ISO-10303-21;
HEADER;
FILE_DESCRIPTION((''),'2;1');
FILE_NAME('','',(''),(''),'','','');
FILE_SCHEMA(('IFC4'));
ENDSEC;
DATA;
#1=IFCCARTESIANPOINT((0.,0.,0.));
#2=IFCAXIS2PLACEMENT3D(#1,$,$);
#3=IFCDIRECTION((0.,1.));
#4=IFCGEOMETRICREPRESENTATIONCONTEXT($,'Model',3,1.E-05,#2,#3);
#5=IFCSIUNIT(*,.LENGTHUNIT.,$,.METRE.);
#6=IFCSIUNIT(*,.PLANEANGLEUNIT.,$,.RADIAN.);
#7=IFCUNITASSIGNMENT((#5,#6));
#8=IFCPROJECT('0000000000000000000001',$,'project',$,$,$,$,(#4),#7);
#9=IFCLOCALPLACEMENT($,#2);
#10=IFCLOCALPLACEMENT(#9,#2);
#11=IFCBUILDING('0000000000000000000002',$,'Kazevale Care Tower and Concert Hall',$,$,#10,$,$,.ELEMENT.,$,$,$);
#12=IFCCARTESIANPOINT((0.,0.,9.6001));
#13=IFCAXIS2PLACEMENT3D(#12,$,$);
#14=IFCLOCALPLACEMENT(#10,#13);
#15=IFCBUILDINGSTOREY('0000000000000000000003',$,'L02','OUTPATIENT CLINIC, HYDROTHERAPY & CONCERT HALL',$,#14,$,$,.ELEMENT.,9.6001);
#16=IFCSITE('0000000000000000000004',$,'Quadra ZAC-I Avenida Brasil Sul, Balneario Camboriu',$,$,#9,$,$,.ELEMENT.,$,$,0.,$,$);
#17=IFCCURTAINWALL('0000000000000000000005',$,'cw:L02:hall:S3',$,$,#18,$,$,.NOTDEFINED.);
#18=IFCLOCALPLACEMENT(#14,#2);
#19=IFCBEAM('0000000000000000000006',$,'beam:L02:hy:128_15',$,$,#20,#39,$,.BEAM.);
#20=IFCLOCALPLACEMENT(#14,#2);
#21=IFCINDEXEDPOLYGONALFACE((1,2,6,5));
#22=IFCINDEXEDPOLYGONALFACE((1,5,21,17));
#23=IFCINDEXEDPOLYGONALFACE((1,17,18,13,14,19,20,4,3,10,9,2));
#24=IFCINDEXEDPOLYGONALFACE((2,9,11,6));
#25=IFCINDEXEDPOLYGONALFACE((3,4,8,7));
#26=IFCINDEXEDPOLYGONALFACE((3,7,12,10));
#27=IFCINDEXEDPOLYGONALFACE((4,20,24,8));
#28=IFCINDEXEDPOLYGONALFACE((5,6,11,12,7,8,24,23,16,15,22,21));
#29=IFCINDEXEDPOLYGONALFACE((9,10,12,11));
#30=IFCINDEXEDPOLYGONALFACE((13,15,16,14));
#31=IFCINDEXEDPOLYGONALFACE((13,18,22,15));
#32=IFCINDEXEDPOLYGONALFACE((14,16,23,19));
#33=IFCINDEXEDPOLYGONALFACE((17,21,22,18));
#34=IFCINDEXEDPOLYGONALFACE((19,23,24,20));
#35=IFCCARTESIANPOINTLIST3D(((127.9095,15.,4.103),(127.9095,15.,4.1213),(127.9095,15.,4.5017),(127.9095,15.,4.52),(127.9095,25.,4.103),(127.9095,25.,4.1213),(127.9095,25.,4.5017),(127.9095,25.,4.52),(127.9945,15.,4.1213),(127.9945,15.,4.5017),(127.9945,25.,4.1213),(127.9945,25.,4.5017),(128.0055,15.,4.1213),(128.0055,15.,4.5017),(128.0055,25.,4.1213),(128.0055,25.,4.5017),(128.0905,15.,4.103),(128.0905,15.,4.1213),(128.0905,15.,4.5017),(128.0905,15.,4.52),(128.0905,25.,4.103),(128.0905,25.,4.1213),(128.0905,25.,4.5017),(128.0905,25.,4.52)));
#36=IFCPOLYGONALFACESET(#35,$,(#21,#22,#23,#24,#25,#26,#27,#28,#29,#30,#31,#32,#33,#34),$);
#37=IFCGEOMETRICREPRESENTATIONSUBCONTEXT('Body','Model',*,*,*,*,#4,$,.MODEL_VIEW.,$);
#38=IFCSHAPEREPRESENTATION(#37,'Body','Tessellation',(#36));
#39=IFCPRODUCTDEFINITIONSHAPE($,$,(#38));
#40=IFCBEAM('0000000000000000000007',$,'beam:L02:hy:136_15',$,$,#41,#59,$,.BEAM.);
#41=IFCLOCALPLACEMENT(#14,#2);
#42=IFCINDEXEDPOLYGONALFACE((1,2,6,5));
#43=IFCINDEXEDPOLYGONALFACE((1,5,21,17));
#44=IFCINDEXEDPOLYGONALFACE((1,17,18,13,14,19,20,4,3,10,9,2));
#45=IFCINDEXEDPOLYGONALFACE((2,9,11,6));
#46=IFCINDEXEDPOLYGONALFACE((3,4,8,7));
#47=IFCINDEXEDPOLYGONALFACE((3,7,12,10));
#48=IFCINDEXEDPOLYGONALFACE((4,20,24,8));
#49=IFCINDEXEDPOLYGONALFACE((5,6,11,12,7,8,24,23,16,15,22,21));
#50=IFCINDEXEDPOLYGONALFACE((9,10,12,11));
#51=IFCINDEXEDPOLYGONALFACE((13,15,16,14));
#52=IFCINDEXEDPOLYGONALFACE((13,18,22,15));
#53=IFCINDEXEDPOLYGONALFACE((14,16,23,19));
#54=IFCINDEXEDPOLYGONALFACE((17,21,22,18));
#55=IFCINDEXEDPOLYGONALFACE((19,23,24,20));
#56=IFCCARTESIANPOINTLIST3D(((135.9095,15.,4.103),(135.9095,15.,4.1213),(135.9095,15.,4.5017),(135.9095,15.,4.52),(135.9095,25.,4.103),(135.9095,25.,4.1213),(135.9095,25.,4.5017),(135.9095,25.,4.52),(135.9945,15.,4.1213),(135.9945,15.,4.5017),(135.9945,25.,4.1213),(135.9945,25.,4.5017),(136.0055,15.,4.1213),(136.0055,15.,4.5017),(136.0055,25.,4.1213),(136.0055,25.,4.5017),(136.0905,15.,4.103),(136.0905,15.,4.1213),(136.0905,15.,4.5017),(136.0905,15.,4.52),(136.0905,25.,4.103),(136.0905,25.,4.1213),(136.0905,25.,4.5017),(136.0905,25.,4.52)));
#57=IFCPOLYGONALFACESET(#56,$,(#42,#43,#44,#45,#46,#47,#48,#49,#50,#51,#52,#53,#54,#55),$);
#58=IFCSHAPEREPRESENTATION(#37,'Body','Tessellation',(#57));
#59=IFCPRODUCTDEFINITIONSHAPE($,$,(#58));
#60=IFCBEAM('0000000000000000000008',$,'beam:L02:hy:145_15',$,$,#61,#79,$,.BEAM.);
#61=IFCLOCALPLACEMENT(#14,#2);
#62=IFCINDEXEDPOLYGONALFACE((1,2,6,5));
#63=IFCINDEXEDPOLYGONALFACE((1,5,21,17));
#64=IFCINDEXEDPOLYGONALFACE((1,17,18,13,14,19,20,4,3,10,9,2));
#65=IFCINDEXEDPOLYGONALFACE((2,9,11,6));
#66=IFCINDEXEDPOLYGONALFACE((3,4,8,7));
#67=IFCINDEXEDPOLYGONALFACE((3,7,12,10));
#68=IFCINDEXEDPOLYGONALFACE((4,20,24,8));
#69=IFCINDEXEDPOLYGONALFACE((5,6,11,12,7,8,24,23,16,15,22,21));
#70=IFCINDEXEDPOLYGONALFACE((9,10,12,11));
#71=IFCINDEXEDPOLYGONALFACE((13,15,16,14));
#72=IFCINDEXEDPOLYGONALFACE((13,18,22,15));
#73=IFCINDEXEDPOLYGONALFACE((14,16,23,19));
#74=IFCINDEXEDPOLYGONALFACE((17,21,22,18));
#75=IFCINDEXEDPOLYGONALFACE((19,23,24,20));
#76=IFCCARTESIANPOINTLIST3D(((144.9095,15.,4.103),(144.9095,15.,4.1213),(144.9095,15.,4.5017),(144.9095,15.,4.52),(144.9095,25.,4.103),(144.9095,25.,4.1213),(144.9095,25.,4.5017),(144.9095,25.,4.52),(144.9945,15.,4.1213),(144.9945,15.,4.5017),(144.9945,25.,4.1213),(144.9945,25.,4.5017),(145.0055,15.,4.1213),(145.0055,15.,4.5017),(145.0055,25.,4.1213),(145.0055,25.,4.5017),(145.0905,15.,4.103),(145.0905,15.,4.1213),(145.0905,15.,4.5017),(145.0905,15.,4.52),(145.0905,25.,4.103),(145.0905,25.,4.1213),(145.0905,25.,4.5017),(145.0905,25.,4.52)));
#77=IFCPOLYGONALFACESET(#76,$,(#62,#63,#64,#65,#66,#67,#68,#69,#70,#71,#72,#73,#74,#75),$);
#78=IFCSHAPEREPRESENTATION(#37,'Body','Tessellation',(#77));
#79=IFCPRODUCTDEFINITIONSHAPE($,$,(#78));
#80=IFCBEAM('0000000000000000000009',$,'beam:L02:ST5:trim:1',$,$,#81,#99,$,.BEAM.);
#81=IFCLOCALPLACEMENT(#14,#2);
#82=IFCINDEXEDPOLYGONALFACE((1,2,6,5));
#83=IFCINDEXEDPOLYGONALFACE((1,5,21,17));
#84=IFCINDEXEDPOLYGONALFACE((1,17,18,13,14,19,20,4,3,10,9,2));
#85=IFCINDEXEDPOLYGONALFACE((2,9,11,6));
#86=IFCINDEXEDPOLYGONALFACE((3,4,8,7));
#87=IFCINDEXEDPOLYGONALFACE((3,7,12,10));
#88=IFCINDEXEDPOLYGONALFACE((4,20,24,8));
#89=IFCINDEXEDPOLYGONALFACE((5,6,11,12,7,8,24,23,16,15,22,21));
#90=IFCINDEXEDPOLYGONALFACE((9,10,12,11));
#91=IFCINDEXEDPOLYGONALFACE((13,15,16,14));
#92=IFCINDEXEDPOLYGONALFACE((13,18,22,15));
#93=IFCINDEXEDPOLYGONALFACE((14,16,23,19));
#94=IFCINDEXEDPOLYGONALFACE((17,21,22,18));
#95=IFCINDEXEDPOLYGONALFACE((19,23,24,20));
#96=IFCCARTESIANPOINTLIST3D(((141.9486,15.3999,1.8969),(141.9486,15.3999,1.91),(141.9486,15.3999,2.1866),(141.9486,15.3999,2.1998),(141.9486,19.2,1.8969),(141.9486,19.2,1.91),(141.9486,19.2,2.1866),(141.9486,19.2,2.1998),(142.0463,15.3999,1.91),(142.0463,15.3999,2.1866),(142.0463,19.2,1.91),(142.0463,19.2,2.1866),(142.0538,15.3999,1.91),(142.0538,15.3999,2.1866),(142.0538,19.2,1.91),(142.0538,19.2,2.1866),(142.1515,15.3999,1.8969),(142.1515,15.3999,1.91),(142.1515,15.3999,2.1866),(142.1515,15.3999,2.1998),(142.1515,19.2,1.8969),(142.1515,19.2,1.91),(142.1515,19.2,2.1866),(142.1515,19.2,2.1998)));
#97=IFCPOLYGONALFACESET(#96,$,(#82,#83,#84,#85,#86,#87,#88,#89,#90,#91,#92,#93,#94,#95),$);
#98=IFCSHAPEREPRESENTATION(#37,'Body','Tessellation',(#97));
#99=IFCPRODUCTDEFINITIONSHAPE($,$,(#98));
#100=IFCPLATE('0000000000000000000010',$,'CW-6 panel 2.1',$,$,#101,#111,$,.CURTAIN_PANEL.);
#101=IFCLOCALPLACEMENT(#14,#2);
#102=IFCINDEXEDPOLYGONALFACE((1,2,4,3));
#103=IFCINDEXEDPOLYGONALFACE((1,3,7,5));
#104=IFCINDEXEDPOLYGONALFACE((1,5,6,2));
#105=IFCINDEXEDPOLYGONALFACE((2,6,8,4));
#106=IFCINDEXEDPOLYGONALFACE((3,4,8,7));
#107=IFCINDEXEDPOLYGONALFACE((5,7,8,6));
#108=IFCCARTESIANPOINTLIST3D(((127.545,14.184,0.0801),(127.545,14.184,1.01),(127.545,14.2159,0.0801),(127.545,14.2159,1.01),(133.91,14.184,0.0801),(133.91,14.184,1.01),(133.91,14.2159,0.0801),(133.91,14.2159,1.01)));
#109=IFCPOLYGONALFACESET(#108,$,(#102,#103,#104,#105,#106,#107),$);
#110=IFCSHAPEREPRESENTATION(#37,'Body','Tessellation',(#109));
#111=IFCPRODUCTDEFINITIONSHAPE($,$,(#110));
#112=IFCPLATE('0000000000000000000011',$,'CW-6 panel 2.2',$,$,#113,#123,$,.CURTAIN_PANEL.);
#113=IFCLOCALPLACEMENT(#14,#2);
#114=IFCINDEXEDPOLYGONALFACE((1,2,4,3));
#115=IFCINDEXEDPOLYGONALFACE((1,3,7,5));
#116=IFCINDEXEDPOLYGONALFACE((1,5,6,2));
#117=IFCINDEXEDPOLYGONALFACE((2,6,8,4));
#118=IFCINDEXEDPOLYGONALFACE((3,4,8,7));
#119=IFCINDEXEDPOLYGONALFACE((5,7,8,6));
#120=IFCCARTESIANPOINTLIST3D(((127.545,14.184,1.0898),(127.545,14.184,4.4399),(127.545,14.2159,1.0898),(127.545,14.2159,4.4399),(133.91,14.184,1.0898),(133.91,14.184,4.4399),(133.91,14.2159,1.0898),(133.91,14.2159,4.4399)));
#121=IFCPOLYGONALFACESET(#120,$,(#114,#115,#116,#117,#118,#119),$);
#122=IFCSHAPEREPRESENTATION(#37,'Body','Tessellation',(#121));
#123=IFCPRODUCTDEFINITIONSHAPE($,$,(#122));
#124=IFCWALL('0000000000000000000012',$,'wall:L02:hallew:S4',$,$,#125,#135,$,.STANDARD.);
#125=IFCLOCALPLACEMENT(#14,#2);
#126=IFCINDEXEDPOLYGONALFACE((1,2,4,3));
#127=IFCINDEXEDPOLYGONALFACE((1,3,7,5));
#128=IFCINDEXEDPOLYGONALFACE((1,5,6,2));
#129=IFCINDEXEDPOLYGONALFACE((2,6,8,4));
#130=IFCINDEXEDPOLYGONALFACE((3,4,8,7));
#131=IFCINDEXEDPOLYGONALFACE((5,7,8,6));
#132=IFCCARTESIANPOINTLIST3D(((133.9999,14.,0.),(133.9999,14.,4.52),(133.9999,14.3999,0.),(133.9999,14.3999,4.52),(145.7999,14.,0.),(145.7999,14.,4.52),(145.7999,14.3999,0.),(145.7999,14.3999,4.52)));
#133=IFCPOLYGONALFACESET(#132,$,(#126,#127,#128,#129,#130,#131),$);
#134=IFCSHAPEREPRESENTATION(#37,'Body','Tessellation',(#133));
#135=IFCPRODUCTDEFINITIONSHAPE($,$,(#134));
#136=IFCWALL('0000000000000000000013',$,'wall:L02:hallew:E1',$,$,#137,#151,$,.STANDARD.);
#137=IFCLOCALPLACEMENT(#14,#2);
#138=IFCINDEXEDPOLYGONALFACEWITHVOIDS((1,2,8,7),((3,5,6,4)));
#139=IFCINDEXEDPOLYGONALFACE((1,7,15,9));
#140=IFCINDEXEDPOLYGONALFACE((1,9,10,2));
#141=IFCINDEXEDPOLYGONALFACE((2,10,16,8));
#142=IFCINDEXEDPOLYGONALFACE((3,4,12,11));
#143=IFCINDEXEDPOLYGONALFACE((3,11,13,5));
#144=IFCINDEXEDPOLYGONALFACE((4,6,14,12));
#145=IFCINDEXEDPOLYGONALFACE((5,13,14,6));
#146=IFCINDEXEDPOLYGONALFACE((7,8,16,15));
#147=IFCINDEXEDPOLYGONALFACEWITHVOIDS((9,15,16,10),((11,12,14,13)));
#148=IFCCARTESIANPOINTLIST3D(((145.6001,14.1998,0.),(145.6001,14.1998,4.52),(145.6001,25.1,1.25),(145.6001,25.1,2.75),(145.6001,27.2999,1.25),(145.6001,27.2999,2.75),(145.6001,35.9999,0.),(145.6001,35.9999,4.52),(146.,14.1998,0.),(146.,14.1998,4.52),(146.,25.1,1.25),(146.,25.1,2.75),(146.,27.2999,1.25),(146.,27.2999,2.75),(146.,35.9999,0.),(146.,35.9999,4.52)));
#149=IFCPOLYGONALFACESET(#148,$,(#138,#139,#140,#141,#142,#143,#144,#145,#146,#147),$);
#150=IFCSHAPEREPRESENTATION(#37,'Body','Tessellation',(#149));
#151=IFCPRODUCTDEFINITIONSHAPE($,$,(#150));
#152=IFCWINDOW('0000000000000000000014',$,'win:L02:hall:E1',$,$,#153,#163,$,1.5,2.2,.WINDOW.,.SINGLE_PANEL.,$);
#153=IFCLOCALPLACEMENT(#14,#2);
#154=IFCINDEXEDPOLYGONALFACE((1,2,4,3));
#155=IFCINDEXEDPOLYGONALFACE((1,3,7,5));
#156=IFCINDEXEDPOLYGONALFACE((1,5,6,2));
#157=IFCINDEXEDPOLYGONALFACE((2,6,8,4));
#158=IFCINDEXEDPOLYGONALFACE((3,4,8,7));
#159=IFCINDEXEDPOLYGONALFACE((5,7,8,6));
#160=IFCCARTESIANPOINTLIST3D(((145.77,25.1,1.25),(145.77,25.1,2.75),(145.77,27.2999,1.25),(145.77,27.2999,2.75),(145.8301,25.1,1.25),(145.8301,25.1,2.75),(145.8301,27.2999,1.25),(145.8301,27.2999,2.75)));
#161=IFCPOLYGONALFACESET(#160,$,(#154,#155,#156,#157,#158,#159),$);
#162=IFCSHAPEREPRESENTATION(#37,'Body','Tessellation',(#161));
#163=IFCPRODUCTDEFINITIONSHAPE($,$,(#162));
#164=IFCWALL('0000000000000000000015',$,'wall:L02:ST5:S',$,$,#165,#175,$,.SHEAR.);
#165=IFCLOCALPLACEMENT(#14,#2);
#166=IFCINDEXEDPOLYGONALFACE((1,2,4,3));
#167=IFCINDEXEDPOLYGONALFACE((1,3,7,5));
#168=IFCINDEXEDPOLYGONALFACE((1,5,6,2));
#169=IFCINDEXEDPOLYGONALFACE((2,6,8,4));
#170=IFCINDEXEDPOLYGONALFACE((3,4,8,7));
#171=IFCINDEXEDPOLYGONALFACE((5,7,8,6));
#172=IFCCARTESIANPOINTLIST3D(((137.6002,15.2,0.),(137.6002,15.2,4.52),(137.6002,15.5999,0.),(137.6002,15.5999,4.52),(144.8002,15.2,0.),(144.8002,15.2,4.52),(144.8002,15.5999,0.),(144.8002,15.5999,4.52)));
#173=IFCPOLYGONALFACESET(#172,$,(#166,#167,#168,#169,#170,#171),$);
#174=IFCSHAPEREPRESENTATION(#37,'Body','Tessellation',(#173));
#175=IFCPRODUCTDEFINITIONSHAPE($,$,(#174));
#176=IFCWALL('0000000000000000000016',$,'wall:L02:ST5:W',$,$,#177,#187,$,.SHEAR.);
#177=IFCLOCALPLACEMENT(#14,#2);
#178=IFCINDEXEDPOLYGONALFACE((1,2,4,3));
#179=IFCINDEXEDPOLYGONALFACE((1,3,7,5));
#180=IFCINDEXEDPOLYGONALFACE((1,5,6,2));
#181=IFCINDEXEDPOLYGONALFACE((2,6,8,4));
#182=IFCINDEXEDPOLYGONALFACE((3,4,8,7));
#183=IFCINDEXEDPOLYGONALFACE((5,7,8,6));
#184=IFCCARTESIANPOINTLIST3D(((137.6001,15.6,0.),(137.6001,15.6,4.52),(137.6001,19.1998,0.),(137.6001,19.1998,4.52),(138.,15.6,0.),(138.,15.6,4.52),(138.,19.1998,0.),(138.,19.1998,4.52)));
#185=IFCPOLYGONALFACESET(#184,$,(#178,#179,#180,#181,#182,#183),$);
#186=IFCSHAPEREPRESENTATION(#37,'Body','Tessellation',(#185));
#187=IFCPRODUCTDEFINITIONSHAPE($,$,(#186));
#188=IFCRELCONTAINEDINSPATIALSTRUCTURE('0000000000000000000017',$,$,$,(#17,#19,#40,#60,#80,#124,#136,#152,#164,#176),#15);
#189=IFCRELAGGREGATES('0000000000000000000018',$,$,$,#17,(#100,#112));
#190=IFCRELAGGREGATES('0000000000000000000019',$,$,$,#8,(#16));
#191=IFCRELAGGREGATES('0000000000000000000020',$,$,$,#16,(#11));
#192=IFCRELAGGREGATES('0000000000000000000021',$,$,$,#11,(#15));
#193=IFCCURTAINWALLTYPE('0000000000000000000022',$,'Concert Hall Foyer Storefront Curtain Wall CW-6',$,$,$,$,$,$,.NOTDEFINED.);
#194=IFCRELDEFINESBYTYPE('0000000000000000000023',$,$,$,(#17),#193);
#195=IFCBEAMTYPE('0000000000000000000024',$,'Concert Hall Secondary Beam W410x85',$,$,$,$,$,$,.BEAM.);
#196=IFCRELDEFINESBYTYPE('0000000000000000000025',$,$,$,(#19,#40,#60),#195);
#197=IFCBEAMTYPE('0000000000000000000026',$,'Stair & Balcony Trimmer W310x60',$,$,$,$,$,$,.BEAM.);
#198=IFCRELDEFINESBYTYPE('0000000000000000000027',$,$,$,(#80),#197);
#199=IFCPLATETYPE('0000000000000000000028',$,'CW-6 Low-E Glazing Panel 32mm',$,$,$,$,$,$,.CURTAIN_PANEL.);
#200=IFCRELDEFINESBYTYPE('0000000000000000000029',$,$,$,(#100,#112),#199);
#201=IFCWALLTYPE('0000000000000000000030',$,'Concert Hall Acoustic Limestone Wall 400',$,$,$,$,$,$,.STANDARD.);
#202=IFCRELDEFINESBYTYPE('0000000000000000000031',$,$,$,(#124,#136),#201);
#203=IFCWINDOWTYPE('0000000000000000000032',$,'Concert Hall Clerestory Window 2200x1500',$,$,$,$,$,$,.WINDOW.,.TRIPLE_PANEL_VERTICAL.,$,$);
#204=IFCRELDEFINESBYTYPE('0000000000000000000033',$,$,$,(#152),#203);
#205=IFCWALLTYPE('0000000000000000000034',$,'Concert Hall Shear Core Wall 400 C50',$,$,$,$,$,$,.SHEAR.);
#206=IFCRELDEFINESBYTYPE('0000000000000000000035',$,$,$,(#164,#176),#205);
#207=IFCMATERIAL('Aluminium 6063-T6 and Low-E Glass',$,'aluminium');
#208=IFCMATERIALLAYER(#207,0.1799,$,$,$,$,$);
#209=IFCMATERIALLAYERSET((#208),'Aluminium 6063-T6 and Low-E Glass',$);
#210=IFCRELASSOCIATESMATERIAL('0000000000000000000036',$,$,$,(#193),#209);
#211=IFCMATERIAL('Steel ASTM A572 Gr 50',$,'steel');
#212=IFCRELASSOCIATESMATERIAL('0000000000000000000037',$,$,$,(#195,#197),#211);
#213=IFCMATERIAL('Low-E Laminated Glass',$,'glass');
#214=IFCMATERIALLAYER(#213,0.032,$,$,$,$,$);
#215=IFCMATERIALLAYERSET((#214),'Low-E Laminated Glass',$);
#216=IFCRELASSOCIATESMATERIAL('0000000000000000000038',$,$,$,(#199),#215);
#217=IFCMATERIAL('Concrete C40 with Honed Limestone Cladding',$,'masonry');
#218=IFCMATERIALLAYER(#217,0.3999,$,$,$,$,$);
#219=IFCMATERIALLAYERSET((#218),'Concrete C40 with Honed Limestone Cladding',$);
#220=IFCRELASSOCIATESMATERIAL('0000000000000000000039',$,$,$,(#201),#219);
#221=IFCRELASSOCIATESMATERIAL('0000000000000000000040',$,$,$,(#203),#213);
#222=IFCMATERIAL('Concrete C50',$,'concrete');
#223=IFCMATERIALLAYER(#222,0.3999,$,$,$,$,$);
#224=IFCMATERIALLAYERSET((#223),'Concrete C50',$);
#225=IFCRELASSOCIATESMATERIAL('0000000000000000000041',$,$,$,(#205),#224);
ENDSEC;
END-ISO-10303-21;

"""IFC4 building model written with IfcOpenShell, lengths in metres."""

from ifc_helpers import new_model, si_unit, direction, frame, frame_2d, origin, origin_2d, place, context, subcontext, project, spatial, rectangle, i_section, extrude, material, layer, layer_set, material_profile, profile_set, type_object, element, fill, aggregate, save


model = new_model("IFC4")

# Units and contexts
model_context = context("Model", 3, precision=1e-05, world=origin(), true_north=direction((0.0, 1.0)))
body_context = subcontext(model_context, "Body", "Model", "MODEL_VIEW")
ifc_project = project(units=[si_unit("LENGTHUNIT", "METRE"), si_unit("PLANEANGLEUNIT", "RADIAN")], contexts=[model_context])

# Site, building, storey
site_placement = place(None, origin())
site = spatial("IfcSite", under=ifc_project, at=site_placement, Name="Quadra ZAC-I Avenida Brasil Sul, Balneario Camboriu", CompositionType="ELEMENT", RefElevation=0.0)
building_placement = place(site_placement, origin())
building = spatial("IfcBuilding", under=site, at=building_placement, Name="Kazevale Care Tower and Concert Hall", CompositionType="ELEMENT")
storey_placement = place(building_placement, frame((0.0, 0.0, 9.6001)))
storey = spatial("IfcBuildingStorey", under=building, at=storey_placement, Name="L02", Description="OUTPATIENT CLINIC, HYDROTHERAPY & CONCERT HALL", CompositionType="ELEMENT", Elevation=9.6001)

# Shared definitions
ifc_material_1 = material(Name="Concrete C50", Category="concrete")

# Curtain wall
ifc_material_2 = material(Name="Aluminium 6063-T6 and Low-E Glass", Category="aluminium")
ifc_layer_1 = layer(ifc_material_2, 0.1799)
ifc_layer_set_1 = layer_set([ifc_layer_1], Name="Aluminium 6063-T6 and Low-E Glass")
curtain_wall_type = type_object("IfcCurtainWallType", Name="Concert Hall Foyer Storefront Curtain Wall CW-6", PredefinedType="NOTDEFINED", material=ifc_layer_set_1)
curtain_wall_placement = place(storey_placement, origin())
curtain_wall = element("IfcCurtainWall", 1, at=curtain_wall_placement, inside=storey, type_object=curtain_wall_type, Name="cw:L02:hall:S3", PredefinedType="NOTDEFINED")

# Beams
ifc_material_3 = material(Name="Steel ASTM A572 Gr 50", Category="steel")
ifc_material_profile_1 = material_profile(ifc_material_3, i_section(OverallWidth=0.1809, OverallDepth=0.417, WebThickness=0.011, FlangeThickness=0.0183, at=origin_2d()), Name="W410x85")
ifc_profile_set_1 = profile_set([ifc_material_profile_1], Name="Steel ASTM A572 Gr 50")
beam_type_1 = type_object("IfcBeamType", Name="Concert Hall Secondary Beam W410x85", PredefinedType="BEAM", material=ifc_profile_set_1)
for number, where, z_axis, x_axis, name in (
    (2, (128.0, 15.0, 4.3115), (0.0, 1.0, 0.0), (-1.0, 0.0, 0.0), "beam:L02:hy:128_15"),
    (3, (136.0, 15.0, 4.3115), (0.0, 1.0, 0.0), (-1.0, 0.0, 0.0), "beam:L02:hy:136_15"),
    (4, (145.0, 15.0, 4.3115), (0.0, 1.0, 0.0), (-1.0, 0.0, 0.0), "beam:L02:hy:145_15"),
):
    element("IfcBeam", number, at=place(storey_placement, frame(where, z_axis=z_axis, x_axis=x_axis)), inside=storey, type_object=beam_type_1, Name=name, PredefinedType="BEAM", context=body_context, shape_type="SweptSolid", body=[
        extrude(i_section(OverallWidth=0.1809, OverallDepth=0.417, WebThickness=0.011, FlangeThickness=0.0183, at=origin_2d()), origin(), (0.0, 0.0, 1.0), 10.0),
    ])
ifc_material_profile_2 = material_profile(ifc_material_3, i_section(OverallWidth=0.2029, OverallDepth=0.303, WebThickness=0.0076, FlangeThickness=0.0132, at=origin_2d()), Name="W310x60")
ifc_profile_set_2 = profile_set([ifc_material_profile_2], Name="Steel ASTM A572 Gr 50")
beam_type_2 = type_object("IfcBeamType", Name="Stair & Balcony Trimmer W310x60", PredefinedType="BEAM", material=ifc_profile_set_2)
beam_1_placement = place(storey_placement, frame((142.05, 15.3999, 2.0483), z_axis=(0.0, 1.0, 0.0), x_axis=(-1.0, 0.0, 0.0)))
element("IfcBeam", 5, at=beam_1_placement, inside=storey, type_object=beam_type_2, Name="beam:L02:ST5:trim:1", PredefinedType="BEAM", context=body_context, shape_type="SweptSolid", body=[
    extrude(i_section(OverallWidth=0.2029, OverallDepth=0.303, WebThickness=0.0076, FlangeThickness=0.0132, at=origin_2d()), origin(), (0.0, 0.0, 1.0), 3.8),
])

# Plates
ifc_material_4 = material(Name="Low-E Laminated Glass", Category="glass")
ifc_layer_2 = layer(ifc_material_4, 0.032)
ifc_layer_set_2 = layer_set([ifc_layer_2], Name="Low-E Laminated Glass")
plate_type = type_object("IfcPlateType", Name="CW-6 Low-E Glazing Panel 32mm", PredefinedType="CURTAIN_PANEL", material=ifc_layer_set_2)
plate_1_placement = place(storey_placement, frame((130.7275, 14.2, 0.0801), z_axis=(0.0, 0.0, 1.0), x_axis=(1.0, 0.0, 0.0)))
plate_1 = element("IfcPlate", 6, at=plate_1_placement, type_object=plate_type, Name="CW-6 panel 2.1", PredefinedType="CURTAIN_PANEL", context=body_context, shape_type="SweptSolid", body=[
    extrude(rectangle(XDim=6.365, YDim=0.032, at=origin_2d()), origin(), (0.0, 0.0, 1.0), 0.9299),
])
plate_2_placement = place(storey_placement, frame((130.7275, 14.2, 1.0898), z_axis=(0.0, 0.0, 1.0), x_axis=(1.0, 0.0, 0.0)))
plate_2 = element("IfcPlate", 7, at=plate_2_placement, type_object=plate_type, Name="CW-6 panel 2.2", PredefinedType="CURTAIN_PANEL", context=body_context, shape_type="SweptSolid", body=[
    extrude(rectangle(XDim=6.365, YDim=0.032, at=origin_2d()), origin(), (0.0, 0.0, 1.0), 3.3501),
])
aggregate(curtain_wall, [plate_1, plate_2])

# Wall
ifc_material_5 = material(Name="Concrete C40 with Honed Limestone Cladding", Category="masonry")
ifc_layer_3 = layer(ifc_material_5, 0.3999)
ifc_layer_set_3 = layer_set([ifc_layer_3], Name="Concrete C40 with Honed Limestone Cladding")
wall_type_1 = type_object("IfcWallType", Name="Concert Hall Acoustic Limestone Wall 400", PredefinedType="STANDARD", material=ifc_layer_set_3)
wall_1_placement = place(storey_placement, frame((134.0, 14.2, 0.0), z_axis=(0.0, 0.0, 1.0), x_axis=(1.0, 0.0, 0.0)))
element("IfcWall", 8, at=wall_1_placement, inside=storey, type_object=wall_type_1, Name="wall:L02:hallew:S4", PredefinedType="STANDARD", context=body_context, shape_type="SweptSolid", body=[
    extrude(rectangle(XDim=11.8, YDim=0.3999, at=frame_2d((5.8999, 0.0))), origin(), (0.0, 0.0, 1.0), 4.52),
])

# Wall, opening, window
wall_2_placement = place(storey_placement, frame((145.8, 14.2, 0.0), z_axis=(0.0, 0.0, 1.0), x_axis=(0.0, 1.0, 0.0)))
wall_2 = element("IfcWall", 9, at=wall_2_placement, inside=storey, type_object=wall_type_1, Name="wall:L02:hallew:E1", PredefinedType="STANDARD", context=body_context, shape_type="SweptSolid", body=[
    extrude(rectangle(XDim=21.8, YDim=0.3999, at=frame_2d((10.8999, 0.0))), origin(), (0.0, 0.0, 1.0), 4.52),
])
opening_1_placement = place(wall_2_placement, frame((10.8999, 0.0, 1.25)))
opening_1 = element("IfcOpeningElement", 10, at=opening_1_placement, cuts=wall_2, PredefinedType="OPENING", context=body_context, shape_type="SweptSolid", body=[
    extrude(rectangle(XDim=2.2, YDim=1.5, at=frame_2d((1.1001, 0.75))), frame((0.0, 0.21, 0.0), z_axis=(0.0, -1.0, 0.0), x_axis=(1.0, 0.0, 0.0)), (0.0, 0.0, 1.0), 0.4199),
])
window_type = type_object("IfcWindowType", Name="Concert Hall Clerestory Window 2200x1500", PartitioningType="TRIPLE_PANEL_VERTICAL", PredefinedType="WINDOW", material=ifc_material_4)
window_placement = place(opening_1_placement, origin())
window = element("IfcWindow", 11, at=window_placement, inside=storey, type_object=window_type, Name="win:L02:hall:E1", OverallHeight=1.5, OverallWidth=2.2, PartitioningType="SINGLE_PANEL", PredefinedType="WINDOW", context=body_context, shape_type="SweptSolid", body=[
    extrude(rectangle(XDim=2.2, YDim=1.5, at=frame_2d((1.1001, 0.75))), frame((0.0, 0.03, 0.0), z_axis=(0.0, -1.0, 0.0), x_axis=(1.0, 0.0, 0.0)), (0.0, 0.0, 1.0), 0.0601),
])
fill(opening_1, window)

# Walls
ifc_layer_4 = layer(ifc_material_1, 0.3999)
ifc_layer_set_4 = layer_set([ifc_layer_4], Name="Concrete C50")
wall_type_2 = type_object("IfcWallType", Name="Concert Hall Shear Core Wall 400 C50", PredefinedType="SHEAR", material=ifc_layer_set_4)
wall_3_placement = place(storey_placement, frame((137.6001, 15.3999, 0.0), z_axis=(0.0, 0.0, 1.0), x_axis=(1.0, 0.0, 0.0)))
element("IfcWall", 12, at=wall_3_placement, inside=storey, type_object=wall_type_2, Name="wall:L02:ST5:S", PredefinedType="SHEAR", context=body_context, shape_type="SweptSolid", body=[
    extrude(rectangle(XDim=7.2, YDim=0.3999, at=frame_2d((3.6001, 0.0))), origin(), (0.0, 0.0, 1.0), 4.52),
])
for number, where, z_axis, x_axis, name in (
    (13, (137.8, 15.6001, 0.0), (0.0, 0.0, 1.0), (0.0, 1.0, 0.0), "wall:L02:ST5:W"),
):
    element("IfcWall", number, at=place(storey_placement, frame(where, z_axis=z_axis, x_axis=x_axis)), inside=storey, type_object=wall_type_2, Name=name, PredefinedType="SHEAR", context=body_context, shape_type="SweptSolid", body=[
        extrude(rectangle(XDim=3.5999, YDim=0.3999, at=frame_2d((1.7998, 0.0))), origin(), (0.0, 0.0, 1.0), 4.52),
    ])

save(model, "model.ifc")
